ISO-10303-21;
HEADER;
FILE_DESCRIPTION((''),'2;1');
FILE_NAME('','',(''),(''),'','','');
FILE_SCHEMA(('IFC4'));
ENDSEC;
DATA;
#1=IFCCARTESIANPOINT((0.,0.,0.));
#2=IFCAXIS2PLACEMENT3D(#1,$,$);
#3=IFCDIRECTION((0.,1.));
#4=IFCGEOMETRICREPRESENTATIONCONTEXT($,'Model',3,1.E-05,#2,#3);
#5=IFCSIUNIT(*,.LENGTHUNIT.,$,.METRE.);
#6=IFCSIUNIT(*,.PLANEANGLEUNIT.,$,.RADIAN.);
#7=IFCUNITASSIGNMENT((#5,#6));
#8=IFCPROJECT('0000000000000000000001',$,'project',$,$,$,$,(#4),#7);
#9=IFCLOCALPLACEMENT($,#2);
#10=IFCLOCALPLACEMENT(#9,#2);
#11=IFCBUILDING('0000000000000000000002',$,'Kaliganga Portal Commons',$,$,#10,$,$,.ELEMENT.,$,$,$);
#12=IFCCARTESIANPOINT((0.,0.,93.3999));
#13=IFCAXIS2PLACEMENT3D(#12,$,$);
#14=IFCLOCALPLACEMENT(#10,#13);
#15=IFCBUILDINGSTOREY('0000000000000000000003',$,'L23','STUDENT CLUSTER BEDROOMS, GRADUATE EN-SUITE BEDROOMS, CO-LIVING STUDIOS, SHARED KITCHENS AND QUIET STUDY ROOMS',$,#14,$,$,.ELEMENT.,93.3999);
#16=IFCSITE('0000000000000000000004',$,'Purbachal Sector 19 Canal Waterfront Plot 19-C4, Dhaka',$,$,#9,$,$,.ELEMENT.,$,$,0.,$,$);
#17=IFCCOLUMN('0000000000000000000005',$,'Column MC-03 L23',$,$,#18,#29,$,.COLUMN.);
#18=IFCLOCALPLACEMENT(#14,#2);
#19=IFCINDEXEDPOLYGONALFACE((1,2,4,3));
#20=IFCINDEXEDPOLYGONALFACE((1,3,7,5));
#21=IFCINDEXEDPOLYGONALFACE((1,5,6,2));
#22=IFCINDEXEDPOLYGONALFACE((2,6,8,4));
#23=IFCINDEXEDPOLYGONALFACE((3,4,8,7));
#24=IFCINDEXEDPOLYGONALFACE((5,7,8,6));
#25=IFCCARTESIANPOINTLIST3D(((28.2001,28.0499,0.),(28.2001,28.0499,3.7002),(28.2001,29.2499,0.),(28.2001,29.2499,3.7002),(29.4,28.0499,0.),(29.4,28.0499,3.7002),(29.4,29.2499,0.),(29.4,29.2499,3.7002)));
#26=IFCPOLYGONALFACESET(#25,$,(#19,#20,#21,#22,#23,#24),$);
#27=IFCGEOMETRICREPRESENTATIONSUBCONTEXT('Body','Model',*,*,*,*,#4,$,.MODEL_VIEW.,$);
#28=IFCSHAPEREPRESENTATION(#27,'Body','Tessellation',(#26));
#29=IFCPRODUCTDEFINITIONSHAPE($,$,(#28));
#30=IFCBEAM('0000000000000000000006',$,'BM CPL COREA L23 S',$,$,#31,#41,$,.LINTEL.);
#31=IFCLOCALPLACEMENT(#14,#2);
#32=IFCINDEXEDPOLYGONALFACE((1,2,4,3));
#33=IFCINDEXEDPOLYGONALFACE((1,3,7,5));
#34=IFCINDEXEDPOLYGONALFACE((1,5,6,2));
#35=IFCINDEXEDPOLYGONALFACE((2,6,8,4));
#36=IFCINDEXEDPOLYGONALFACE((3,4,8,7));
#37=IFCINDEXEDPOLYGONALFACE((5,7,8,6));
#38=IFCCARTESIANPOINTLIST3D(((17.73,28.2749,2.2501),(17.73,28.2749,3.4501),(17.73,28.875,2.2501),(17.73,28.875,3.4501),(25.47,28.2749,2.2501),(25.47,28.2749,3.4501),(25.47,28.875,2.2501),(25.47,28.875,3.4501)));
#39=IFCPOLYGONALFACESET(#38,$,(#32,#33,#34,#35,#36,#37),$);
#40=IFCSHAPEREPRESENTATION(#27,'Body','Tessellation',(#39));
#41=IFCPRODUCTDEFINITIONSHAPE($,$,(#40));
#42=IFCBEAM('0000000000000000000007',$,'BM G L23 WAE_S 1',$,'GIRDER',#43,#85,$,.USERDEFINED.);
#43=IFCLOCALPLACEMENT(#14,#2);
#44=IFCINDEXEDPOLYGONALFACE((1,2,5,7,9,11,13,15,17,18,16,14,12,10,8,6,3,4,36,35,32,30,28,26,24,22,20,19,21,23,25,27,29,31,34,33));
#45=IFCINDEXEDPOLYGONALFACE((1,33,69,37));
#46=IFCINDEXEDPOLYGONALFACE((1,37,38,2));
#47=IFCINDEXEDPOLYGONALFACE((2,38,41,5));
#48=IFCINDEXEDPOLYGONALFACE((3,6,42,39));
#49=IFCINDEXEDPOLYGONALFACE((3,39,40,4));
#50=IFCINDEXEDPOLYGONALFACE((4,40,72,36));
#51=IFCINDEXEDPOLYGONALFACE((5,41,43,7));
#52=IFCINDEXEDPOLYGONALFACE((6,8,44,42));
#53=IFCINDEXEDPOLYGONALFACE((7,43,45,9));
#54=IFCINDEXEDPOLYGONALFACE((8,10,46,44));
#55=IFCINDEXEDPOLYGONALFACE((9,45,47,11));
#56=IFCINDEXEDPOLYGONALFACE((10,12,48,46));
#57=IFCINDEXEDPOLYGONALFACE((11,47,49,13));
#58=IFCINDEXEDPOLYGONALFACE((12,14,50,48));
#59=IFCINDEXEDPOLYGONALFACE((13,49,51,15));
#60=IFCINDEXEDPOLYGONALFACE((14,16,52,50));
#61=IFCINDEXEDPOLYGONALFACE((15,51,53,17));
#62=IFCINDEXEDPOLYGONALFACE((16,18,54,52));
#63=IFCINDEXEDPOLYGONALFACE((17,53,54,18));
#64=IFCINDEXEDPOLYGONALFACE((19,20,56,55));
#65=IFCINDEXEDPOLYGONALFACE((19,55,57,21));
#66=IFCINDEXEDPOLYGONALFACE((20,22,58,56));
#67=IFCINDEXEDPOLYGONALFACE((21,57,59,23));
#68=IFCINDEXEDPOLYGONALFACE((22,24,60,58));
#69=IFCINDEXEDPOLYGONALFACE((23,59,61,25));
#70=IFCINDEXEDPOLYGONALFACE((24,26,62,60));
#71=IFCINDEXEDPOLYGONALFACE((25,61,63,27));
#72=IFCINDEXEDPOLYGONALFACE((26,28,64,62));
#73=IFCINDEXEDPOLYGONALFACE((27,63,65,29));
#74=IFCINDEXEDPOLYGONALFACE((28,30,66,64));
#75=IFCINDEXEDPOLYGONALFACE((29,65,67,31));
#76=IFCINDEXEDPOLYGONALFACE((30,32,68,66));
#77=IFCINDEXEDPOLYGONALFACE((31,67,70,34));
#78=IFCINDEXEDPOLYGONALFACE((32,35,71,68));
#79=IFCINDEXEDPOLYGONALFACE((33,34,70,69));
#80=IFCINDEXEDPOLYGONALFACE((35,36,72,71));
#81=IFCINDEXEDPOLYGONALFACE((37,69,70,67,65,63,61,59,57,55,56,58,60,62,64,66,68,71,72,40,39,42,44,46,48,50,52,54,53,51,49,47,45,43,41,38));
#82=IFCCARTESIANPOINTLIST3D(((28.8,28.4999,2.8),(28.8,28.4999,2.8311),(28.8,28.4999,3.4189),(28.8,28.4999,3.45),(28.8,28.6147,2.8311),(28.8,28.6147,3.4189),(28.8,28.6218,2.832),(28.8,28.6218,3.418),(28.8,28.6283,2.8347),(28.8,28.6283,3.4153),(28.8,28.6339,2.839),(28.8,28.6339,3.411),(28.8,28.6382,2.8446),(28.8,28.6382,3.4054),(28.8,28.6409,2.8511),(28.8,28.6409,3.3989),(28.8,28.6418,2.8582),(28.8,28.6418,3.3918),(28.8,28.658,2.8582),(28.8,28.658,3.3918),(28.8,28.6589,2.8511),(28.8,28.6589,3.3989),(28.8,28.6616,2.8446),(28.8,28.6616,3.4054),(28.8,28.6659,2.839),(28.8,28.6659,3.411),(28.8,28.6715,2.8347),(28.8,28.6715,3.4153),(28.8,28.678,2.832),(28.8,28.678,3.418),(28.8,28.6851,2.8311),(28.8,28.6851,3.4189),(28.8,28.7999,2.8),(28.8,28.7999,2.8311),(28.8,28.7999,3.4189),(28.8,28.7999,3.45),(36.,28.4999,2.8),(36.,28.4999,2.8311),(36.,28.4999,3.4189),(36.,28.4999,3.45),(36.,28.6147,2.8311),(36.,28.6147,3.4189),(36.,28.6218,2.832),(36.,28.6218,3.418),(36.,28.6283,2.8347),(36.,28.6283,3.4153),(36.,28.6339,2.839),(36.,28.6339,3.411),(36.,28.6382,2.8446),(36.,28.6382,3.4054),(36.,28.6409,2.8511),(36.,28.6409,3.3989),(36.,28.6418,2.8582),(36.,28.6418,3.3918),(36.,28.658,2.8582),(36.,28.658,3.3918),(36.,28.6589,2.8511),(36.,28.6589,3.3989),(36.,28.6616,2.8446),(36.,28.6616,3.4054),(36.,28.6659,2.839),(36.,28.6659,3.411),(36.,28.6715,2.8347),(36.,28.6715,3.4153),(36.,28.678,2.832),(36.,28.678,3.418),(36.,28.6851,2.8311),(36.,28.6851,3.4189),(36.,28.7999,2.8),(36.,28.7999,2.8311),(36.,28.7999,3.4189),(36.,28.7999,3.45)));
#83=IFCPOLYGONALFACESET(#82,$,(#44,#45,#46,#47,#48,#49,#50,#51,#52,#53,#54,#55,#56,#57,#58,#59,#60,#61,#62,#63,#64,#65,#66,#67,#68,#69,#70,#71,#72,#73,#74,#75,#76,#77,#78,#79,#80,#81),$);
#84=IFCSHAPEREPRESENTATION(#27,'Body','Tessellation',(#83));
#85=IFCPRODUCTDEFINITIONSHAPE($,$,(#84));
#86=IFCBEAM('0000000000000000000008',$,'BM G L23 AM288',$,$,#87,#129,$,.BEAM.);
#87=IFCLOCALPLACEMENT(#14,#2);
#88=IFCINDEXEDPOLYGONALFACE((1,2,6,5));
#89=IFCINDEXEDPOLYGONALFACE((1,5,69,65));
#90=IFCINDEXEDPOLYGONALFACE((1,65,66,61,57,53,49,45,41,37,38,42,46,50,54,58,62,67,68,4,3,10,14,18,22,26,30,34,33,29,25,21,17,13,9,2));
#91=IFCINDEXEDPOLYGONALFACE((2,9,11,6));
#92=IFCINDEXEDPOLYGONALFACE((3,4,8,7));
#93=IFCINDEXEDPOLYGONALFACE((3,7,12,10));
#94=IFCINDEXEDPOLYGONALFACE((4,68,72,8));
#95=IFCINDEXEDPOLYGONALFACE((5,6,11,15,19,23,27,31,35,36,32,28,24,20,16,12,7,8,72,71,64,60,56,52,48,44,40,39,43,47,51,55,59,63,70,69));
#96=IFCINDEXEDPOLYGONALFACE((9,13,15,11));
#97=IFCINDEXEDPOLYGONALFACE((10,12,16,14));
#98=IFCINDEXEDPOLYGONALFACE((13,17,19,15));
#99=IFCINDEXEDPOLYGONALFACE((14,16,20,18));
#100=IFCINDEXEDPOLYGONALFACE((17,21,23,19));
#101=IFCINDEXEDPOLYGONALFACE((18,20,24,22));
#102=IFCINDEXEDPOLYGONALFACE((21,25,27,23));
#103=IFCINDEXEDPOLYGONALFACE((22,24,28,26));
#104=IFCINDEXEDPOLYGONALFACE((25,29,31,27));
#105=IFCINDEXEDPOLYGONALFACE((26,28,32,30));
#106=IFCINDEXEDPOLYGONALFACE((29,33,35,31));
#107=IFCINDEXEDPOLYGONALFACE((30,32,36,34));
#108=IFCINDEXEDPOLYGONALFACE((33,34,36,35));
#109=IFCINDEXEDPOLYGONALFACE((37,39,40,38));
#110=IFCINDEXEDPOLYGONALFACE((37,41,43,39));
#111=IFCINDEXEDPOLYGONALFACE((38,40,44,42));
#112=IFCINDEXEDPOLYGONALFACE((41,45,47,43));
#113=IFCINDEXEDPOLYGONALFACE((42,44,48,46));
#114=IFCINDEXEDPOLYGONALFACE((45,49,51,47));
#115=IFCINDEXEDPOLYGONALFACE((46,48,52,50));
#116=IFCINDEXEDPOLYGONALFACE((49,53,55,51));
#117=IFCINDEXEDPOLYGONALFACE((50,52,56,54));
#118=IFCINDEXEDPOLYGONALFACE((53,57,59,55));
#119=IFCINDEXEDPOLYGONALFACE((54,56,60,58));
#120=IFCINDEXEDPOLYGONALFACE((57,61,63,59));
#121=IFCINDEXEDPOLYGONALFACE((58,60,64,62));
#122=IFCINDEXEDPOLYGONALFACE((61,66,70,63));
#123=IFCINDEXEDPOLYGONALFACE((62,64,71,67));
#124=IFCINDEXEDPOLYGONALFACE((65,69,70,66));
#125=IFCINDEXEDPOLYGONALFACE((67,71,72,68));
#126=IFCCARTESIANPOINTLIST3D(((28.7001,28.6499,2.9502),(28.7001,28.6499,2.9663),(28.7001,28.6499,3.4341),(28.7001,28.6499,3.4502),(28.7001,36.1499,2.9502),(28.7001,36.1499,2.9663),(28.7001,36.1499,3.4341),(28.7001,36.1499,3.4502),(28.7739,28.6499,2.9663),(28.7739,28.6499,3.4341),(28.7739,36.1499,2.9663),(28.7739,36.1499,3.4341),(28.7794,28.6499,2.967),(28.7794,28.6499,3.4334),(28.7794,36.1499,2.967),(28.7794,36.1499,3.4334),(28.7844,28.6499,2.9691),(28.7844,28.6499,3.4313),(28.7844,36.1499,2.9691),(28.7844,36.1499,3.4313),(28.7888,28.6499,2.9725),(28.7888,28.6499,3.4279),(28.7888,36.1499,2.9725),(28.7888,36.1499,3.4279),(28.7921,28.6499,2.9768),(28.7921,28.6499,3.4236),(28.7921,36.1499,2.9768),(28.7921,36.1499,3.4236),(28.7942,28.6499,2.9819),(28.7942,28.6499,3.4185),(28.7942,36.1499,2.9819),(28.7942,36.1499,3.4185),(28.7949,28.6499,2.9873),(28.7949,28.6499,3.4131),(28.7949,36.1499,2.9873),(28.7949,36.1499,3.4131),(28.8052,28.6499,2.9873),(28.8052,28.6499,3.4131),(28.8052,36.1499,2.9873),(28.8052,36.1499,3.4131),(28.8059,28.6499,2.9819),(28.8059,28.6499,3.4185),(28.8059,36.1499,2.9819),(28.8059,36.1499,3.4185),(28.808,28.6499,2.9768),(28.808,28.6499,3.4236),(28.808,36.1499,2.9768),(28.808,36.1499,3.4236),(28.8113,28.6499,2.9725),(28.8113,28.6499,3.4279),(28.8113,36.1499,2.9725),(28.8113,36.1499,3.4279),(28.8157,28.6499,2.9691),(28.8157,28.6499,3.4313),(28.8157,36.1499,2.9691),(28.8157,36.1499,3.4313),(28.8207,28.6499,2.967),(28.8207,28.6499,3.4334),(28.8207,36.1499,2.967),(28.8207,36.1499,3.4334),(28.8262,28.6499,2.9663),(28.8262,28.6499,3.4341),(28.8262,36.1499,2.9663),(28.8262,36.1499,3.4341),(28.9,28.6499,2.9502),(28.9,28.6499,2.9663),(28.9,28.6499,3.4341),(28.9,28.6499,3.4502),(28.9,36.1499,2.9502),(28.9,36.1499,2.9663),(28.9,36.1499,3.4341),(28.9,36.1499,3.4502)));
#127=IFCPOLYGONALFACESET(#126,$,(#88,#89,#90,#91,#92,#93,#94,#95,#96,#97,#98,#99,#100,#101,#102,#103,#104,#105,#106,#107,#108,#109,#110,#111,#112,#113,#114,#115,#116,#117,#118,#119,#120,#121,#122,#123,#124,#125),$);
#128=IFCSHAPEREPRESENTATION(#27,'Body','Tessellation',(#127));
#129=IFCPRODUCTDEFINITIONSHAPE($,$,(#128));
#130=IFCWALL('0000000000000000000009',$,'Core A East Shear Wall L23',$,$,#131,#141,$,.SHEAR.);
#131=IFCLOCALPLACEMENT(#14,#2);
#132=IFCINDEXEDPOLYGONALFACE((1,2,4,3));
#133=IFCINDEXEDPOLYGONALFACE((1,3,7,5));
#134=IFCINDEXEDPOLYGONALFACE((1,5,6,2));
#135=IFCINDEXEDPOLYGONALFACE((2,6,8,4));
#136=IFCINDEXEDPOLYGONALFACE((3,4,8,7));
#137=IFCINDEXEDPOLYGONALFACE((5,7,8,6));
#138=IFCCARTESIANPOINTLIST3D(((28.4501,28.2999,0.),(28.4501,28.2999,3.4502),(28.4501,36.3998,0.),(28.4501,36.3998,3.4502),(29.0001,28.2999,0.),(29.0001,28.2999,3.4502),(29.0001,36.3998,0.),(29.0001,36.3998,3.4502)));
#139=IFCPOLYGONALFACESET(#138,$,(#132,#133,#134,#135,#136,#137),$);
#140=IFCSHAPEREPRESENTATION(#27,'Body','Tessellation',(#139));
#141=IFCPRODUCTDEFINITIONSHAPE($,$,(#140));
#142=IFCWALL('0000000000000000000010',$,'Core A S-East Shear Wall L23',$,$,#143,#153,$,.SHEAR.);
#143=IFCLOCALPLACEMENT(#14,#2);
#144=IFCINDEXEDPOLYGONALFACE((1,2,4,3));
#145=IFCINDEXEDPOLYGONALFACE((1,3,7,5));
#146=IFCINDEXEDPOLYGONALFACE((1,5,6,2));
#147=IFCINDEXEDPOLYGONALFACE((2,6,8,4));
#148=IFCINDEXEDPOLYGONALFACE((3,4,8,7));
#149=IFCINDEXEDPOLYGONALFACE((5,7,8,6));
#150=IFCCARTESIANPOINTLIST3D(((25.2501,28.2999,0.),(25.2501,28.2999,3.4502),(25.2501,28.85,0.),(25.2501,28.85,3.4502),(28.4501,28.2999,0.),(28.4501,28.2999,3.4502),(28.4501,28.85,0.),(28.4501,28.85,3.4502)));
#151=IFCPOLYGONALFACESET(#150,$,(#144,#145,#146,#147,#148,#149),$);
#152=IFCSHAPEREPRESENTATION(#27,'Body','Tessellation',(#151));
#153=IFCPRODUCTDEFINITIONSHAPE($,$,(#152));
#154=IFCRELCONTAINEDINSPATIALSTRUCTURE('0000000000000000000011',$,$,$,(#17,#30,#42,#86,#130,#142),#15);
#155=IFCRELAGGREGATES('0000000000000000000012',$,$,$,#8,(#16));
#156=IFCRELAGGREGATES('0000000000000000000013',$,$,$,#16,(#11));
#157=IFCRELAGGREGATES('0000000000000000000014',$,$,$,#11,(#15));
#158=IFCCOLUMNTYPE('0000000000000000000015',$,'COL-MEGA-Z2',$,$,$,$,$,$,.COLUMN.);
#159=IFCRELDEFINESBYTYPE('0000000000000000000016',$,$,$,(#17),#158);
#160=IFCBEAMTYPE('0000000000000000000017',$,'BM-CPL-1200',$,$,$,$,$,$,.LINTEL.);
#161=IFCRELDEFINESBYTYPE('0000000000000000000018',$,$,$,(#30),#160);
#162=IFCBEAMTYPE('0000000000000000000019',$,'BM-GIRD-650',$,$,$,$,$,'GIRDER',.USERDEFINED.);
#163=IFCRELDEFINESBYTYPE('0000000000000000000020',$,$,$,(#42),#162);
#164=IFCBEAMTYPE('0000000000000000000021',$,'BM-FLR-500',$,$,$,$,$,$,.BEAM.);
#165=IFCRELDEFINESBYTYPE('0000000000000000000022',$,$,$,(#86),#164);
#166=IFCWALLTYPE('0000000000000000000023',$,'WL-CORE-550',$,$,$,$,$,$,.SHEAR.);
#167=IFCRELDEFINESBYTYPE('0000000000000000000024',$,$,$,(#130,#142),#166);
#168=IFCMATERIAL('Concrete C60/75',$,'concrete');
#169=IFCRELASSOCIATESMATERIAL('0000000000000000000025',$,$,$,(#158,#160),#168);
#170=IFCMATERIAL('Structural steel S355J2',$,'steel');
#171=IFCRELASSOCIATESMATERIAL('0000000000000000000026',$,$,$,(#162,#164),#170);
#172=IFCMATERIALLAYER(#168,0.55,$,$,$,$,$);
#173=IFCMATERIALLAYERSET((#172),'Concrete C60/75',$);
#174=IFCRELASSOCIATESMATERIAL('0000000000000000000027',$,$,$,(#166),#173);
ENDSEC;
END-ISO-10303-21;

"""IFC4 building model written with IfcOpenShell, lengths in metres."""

from ifc_helpers import new_model, si_unit, direction, frame, frame_2d, origin, origin_2d, place, context, subcontext, project, spatial, rectangle, i_section, extrude, source, transform, mapped, material, layer, layer_set, material_profile, profile_set, type_object, element, save


model = new_model("IFC4")

# Units and contexts
model_context = context("Model", 3, precision=1e-05, world=origin(), true_north=direction((0.0, 1.0)))
body_context = subcontext(model_context, "Body", "Model", "MODEL_VIEW")
ifc_project = project(units=[si_unit("LENGTHUNIT", "METRE"), si_unit("PLANEANGLEUNIT", "RADIAN")], contexts=[model_context])

# Site, building, storey
site_placement = place(None, origin())
site = spatial("IfcSite", under=ifc_project, at=site_placement, Name="Purbachal Sector 19 Canal Waterfront Plot 19-C4, Dhaka", CompositionType="ELEMENT", RefElevation=0.0)
building_placement = place(site_placement, origin())
building = spatial("IfcBuilding", under=site, at=building_placement, Name="Kaliganga Portal Commons", CompositionType="ELEMENT")
storey_placement = place(building_placement, frame((0.0, 0.0, 93.3999)))
storey = spatial("IfcBuildingStorey", under=building, at=storey_placement, Name="L23", Description="STUDENT CLUSTER BEDROOMS, GRADUATE EN-SUITE BEDROOMS, CO-LIVING STUDIOS, SHARED KITCHENS AND QUIET STUDY ROOMS", CompositionType="ELEMENT", Elevation=93.3999)

# Column
ifc_material_1 = material(Name="Concrete C60/75", Category="concrete")
ifc_material_profile_1 = material_profile(ifc_material_1, rectangle(XDim=1.2, YDim=1.2, at=origin_2d()), Name="RC 1200x1200")
ifc_profile_set_1 = profile_set([ifc_material_profile_1], Name="Concrete C60/75")
column_type = type_object("IfcColumnType", Name="COL-MEGA-Z2", PredefinedType="COLUMN", material=ifc_profile_set_1)
shared_shape_1 = source(origin(), body_context, "Body", "SweptSolid", [
    extrude(rectangle(XDim=1.2, YDim=1.2, at=origin_2d()), origin(), (0.0, 0.0, 1.0), 3.7002),
])
column_placement = place(storey_placement, frame((28.8, 28.6499, 0.0), z_axis=(0.0, 0.0, 1.0), x_axis=(1.0, 0.0, 0.0)))
element("IfcColumn", 1, at=column_placement, inside=storey, type_object=column_type, Name="Column MC-03 L23", PredefinedType="COLUMN", context=body_context, shape_type="MappedRepresentation", body=[
    mapped(shared_shape_1, transform((0.0, 0.0, 0.0), x_axis=(1.0, 0.0, 0.0), y_axis=(0.0, 1.0, 0.0), z_axis=(0.0, 0.0, 1.0), scale=1.0)),
])

# Beams
ifc_material_profile_2 = material_profile(ifc_material_1, rectangle(XDim=0.6001, YDim=1.2, at=origin_2d()), Name="RC 600x1200")
ifc_profile_set_2 = profile_set([ifc_material_profile_2], Name="Concrete C60/75")
beam_type_1 = type_object("IfcBeamType", Name="BM-CPL-1200", PredefinedType="LINTEL", material=ifc_profile_set_2)
shared_shape_2 = source(origin(), body_context, "Body", "SweptSolid", [
    extrude(rectangle(XDim=0.6001, YDim=1.2, at=origin_2d()), origin(), (0.0, 0.0, 1.0), 7.74),
])
beam_1_placement = place(storey_placement, frame((17.73, 28.575, 2.8501), z_axis=(1.0, 0.0, 0.0), x_axis=(0.0, 1.0, 0.0)))
element("IfcBeam", 2, at=beam_1_placement, inside=storey, type_object=beam_type_1, Name="BM CPL COREA L23 S", PredefinedType="LINTEL", context=body_context, shape_type="MappedRepresentation", body=[
    mapped(shared_shape_2, transform((0.0, 0.0, 0.0), x_axis=(1.0, 0.0, 0.0), y_axis=(0.0, 1.0, 0.0), z_axis=(0.0, 0.0, 1.0), scale=1.0)),
])
ifc_material_2 = material(Name="Structural steel S355J2", Category="steel")
ifc_material_profile_3 = material_profile(ifc_material_2, i_section(OverallWidth=0.3, OverallDepth=0.6499, WebThickness=0.0161, FlangeThickness=0.031, FilletRadius=0.0271, at=origin_2d()), Name="HE 650 B")
ifc_profile_set_3 = profile_set([ifc_material_profile_3], Name="Structural steel S355J2 wide-flange")
beam_type_2 = type_object("IfcBeamType", Name="BM-GIRD-650", ElementType="GIRDER", PredefinedType="USERDEFINED", material=ifc_profile_set_3)
shared_shape_3 = source(origin(), body_context, "Body", "SweptSolid", [
    extrude(i_section(OverallWidth=0.3, OverallDepth=0.6499, WebThickness=0.0161, FlangeThickness=0.031, FilletRadius=0.0271, at=origin_2d()), origin(), (0.0, 0.0, 1.0), 7.2),
])
beam_2_placement = place(storey_placement, frame((28.8, 28.6499, 3.125), z_axis=(1.0, 0.0, 0.0), x_axis=(0.0, 1.0, 0.0)))
element("IfcBeam", 3, at=beam_2_placement, inside=storey, type_object=beam_type_2, Name="BM G L23 WAE_S 1", ObjectType="GIRDER", PredefinedType="USERDEFINED", context=body_context, shape_type="MappedRepresentation", body=[
    mapped(shared_shape_3, transform((0.0, 0.0, 0.0), x_axis=(1.0, 0.0, 0.0), y_axis=(0.0, 1.0, 0.0), z_axis=(0.0, 0.0, 1.0), scale=1.0)),
])
ifc_material_profile_4 = material_profile(ifc_material_2, i_section(OverallWidth=0.2, OverallDepth=0.5, WebThickness=0.0103, FlangeThickness=0.0161, FilletRadius=0.021, at=origin_2d()), Name="IPE 500")
ifc_profile_set_4 = profile_set([ifc_material_profile_4], Name="Structural steel S355J2 wide-flange")
beam_type_3 = type_object("IfcBeamType", Name="BM-FLR-500", PredefinedType="BEAM", material=ifc_profile_set_4)
shared_shape_4 = source(origin(), body_context, "Body", "SweptSolid", [
    extrude(i_section(OverallWidth=0.2, OverallDepth=0.5, WebThickness=0.0103, FlangeThickness=0.0161, FilletRadius=0.021, at=origin_2d()), origin(), (0.0, 0.0, 1.0), 7.5),
])
beam_3_placement = place(storey_placement, frame((28.8, 28.6499, 3.2002), z_axis=(0.0, 1.0, 0.0), x_axis=(-1.0, 0.0, 0.0)))
element("IfcBeam", 4, at=beam_3_placement, inside=storey, type_object=beam_type_3, Name="BM G L23 AM288", PredefinedType="BEAM", context=body_context, shape_type="MappedRepresentation", body=[
    mapped(shared_shape_4, transform((0.0, 0.0, 0.0), x_axis=(1.0, 0.0, 0.0), y_axis=(0.0, 1.0, 0.0), z_axis=(0.0, 0.0, 1.0), scale=1.0)),
])

# Walls
ifc_layer_1 = layer(ifc_material_1, 0.55)
ifc_layer_set_1 = layer_set([ifc_layer_1], Name="Concrete C60/75")
wall_type_1 = type_object("IfcWallType", Name="WL-CORE-550", PredefinedType="SHEAR", material=ifc_layer_set_1)
wall_1_placement = place(storey_placement, frame((28.7251, 28.3, 0.0), z_axis=(0.0, 0.0, 1.0), x_axis=(0.0, 1.0, 0.0)))
element("IfcWall", 5, at=wall_1_placement, inside=storey, type_object=wall_type_1, Name="Core A East Shear Wall L23", PredefinedType="SHEAR", context=body_context, shape_type="SweptSolid", body=[
    extrude(rectangle(XDim=8.0999, YDim=0.55, at=frame_2d((4.0498, 0.0))), origin(), (0.0, 0.0, 1.0), 3.4502),
])
wall_2_placement = place(storey_placement, frame((25.25, 28.575, 0.0), z_axis=(0.0, 0.0, 1.0), x_axis=(1.0, 0.0, 0.0)))
element("IfcWall", 6, at=wall_2_placement, inside=storey, type_object=wall_type_1, Name="Core A S-East Shear Wall L23", PredefinedType="SHEAR", context=body_context, shape_type="SweptSolid", body=[
    extrude(rectangle(XDim=3.2, YDim=0.55, at=frame_2d((1.6001, 0.0))), origin(), (0.0, 0.0, 1.0), 3.4502),
])

save(model, "model.ifc")
